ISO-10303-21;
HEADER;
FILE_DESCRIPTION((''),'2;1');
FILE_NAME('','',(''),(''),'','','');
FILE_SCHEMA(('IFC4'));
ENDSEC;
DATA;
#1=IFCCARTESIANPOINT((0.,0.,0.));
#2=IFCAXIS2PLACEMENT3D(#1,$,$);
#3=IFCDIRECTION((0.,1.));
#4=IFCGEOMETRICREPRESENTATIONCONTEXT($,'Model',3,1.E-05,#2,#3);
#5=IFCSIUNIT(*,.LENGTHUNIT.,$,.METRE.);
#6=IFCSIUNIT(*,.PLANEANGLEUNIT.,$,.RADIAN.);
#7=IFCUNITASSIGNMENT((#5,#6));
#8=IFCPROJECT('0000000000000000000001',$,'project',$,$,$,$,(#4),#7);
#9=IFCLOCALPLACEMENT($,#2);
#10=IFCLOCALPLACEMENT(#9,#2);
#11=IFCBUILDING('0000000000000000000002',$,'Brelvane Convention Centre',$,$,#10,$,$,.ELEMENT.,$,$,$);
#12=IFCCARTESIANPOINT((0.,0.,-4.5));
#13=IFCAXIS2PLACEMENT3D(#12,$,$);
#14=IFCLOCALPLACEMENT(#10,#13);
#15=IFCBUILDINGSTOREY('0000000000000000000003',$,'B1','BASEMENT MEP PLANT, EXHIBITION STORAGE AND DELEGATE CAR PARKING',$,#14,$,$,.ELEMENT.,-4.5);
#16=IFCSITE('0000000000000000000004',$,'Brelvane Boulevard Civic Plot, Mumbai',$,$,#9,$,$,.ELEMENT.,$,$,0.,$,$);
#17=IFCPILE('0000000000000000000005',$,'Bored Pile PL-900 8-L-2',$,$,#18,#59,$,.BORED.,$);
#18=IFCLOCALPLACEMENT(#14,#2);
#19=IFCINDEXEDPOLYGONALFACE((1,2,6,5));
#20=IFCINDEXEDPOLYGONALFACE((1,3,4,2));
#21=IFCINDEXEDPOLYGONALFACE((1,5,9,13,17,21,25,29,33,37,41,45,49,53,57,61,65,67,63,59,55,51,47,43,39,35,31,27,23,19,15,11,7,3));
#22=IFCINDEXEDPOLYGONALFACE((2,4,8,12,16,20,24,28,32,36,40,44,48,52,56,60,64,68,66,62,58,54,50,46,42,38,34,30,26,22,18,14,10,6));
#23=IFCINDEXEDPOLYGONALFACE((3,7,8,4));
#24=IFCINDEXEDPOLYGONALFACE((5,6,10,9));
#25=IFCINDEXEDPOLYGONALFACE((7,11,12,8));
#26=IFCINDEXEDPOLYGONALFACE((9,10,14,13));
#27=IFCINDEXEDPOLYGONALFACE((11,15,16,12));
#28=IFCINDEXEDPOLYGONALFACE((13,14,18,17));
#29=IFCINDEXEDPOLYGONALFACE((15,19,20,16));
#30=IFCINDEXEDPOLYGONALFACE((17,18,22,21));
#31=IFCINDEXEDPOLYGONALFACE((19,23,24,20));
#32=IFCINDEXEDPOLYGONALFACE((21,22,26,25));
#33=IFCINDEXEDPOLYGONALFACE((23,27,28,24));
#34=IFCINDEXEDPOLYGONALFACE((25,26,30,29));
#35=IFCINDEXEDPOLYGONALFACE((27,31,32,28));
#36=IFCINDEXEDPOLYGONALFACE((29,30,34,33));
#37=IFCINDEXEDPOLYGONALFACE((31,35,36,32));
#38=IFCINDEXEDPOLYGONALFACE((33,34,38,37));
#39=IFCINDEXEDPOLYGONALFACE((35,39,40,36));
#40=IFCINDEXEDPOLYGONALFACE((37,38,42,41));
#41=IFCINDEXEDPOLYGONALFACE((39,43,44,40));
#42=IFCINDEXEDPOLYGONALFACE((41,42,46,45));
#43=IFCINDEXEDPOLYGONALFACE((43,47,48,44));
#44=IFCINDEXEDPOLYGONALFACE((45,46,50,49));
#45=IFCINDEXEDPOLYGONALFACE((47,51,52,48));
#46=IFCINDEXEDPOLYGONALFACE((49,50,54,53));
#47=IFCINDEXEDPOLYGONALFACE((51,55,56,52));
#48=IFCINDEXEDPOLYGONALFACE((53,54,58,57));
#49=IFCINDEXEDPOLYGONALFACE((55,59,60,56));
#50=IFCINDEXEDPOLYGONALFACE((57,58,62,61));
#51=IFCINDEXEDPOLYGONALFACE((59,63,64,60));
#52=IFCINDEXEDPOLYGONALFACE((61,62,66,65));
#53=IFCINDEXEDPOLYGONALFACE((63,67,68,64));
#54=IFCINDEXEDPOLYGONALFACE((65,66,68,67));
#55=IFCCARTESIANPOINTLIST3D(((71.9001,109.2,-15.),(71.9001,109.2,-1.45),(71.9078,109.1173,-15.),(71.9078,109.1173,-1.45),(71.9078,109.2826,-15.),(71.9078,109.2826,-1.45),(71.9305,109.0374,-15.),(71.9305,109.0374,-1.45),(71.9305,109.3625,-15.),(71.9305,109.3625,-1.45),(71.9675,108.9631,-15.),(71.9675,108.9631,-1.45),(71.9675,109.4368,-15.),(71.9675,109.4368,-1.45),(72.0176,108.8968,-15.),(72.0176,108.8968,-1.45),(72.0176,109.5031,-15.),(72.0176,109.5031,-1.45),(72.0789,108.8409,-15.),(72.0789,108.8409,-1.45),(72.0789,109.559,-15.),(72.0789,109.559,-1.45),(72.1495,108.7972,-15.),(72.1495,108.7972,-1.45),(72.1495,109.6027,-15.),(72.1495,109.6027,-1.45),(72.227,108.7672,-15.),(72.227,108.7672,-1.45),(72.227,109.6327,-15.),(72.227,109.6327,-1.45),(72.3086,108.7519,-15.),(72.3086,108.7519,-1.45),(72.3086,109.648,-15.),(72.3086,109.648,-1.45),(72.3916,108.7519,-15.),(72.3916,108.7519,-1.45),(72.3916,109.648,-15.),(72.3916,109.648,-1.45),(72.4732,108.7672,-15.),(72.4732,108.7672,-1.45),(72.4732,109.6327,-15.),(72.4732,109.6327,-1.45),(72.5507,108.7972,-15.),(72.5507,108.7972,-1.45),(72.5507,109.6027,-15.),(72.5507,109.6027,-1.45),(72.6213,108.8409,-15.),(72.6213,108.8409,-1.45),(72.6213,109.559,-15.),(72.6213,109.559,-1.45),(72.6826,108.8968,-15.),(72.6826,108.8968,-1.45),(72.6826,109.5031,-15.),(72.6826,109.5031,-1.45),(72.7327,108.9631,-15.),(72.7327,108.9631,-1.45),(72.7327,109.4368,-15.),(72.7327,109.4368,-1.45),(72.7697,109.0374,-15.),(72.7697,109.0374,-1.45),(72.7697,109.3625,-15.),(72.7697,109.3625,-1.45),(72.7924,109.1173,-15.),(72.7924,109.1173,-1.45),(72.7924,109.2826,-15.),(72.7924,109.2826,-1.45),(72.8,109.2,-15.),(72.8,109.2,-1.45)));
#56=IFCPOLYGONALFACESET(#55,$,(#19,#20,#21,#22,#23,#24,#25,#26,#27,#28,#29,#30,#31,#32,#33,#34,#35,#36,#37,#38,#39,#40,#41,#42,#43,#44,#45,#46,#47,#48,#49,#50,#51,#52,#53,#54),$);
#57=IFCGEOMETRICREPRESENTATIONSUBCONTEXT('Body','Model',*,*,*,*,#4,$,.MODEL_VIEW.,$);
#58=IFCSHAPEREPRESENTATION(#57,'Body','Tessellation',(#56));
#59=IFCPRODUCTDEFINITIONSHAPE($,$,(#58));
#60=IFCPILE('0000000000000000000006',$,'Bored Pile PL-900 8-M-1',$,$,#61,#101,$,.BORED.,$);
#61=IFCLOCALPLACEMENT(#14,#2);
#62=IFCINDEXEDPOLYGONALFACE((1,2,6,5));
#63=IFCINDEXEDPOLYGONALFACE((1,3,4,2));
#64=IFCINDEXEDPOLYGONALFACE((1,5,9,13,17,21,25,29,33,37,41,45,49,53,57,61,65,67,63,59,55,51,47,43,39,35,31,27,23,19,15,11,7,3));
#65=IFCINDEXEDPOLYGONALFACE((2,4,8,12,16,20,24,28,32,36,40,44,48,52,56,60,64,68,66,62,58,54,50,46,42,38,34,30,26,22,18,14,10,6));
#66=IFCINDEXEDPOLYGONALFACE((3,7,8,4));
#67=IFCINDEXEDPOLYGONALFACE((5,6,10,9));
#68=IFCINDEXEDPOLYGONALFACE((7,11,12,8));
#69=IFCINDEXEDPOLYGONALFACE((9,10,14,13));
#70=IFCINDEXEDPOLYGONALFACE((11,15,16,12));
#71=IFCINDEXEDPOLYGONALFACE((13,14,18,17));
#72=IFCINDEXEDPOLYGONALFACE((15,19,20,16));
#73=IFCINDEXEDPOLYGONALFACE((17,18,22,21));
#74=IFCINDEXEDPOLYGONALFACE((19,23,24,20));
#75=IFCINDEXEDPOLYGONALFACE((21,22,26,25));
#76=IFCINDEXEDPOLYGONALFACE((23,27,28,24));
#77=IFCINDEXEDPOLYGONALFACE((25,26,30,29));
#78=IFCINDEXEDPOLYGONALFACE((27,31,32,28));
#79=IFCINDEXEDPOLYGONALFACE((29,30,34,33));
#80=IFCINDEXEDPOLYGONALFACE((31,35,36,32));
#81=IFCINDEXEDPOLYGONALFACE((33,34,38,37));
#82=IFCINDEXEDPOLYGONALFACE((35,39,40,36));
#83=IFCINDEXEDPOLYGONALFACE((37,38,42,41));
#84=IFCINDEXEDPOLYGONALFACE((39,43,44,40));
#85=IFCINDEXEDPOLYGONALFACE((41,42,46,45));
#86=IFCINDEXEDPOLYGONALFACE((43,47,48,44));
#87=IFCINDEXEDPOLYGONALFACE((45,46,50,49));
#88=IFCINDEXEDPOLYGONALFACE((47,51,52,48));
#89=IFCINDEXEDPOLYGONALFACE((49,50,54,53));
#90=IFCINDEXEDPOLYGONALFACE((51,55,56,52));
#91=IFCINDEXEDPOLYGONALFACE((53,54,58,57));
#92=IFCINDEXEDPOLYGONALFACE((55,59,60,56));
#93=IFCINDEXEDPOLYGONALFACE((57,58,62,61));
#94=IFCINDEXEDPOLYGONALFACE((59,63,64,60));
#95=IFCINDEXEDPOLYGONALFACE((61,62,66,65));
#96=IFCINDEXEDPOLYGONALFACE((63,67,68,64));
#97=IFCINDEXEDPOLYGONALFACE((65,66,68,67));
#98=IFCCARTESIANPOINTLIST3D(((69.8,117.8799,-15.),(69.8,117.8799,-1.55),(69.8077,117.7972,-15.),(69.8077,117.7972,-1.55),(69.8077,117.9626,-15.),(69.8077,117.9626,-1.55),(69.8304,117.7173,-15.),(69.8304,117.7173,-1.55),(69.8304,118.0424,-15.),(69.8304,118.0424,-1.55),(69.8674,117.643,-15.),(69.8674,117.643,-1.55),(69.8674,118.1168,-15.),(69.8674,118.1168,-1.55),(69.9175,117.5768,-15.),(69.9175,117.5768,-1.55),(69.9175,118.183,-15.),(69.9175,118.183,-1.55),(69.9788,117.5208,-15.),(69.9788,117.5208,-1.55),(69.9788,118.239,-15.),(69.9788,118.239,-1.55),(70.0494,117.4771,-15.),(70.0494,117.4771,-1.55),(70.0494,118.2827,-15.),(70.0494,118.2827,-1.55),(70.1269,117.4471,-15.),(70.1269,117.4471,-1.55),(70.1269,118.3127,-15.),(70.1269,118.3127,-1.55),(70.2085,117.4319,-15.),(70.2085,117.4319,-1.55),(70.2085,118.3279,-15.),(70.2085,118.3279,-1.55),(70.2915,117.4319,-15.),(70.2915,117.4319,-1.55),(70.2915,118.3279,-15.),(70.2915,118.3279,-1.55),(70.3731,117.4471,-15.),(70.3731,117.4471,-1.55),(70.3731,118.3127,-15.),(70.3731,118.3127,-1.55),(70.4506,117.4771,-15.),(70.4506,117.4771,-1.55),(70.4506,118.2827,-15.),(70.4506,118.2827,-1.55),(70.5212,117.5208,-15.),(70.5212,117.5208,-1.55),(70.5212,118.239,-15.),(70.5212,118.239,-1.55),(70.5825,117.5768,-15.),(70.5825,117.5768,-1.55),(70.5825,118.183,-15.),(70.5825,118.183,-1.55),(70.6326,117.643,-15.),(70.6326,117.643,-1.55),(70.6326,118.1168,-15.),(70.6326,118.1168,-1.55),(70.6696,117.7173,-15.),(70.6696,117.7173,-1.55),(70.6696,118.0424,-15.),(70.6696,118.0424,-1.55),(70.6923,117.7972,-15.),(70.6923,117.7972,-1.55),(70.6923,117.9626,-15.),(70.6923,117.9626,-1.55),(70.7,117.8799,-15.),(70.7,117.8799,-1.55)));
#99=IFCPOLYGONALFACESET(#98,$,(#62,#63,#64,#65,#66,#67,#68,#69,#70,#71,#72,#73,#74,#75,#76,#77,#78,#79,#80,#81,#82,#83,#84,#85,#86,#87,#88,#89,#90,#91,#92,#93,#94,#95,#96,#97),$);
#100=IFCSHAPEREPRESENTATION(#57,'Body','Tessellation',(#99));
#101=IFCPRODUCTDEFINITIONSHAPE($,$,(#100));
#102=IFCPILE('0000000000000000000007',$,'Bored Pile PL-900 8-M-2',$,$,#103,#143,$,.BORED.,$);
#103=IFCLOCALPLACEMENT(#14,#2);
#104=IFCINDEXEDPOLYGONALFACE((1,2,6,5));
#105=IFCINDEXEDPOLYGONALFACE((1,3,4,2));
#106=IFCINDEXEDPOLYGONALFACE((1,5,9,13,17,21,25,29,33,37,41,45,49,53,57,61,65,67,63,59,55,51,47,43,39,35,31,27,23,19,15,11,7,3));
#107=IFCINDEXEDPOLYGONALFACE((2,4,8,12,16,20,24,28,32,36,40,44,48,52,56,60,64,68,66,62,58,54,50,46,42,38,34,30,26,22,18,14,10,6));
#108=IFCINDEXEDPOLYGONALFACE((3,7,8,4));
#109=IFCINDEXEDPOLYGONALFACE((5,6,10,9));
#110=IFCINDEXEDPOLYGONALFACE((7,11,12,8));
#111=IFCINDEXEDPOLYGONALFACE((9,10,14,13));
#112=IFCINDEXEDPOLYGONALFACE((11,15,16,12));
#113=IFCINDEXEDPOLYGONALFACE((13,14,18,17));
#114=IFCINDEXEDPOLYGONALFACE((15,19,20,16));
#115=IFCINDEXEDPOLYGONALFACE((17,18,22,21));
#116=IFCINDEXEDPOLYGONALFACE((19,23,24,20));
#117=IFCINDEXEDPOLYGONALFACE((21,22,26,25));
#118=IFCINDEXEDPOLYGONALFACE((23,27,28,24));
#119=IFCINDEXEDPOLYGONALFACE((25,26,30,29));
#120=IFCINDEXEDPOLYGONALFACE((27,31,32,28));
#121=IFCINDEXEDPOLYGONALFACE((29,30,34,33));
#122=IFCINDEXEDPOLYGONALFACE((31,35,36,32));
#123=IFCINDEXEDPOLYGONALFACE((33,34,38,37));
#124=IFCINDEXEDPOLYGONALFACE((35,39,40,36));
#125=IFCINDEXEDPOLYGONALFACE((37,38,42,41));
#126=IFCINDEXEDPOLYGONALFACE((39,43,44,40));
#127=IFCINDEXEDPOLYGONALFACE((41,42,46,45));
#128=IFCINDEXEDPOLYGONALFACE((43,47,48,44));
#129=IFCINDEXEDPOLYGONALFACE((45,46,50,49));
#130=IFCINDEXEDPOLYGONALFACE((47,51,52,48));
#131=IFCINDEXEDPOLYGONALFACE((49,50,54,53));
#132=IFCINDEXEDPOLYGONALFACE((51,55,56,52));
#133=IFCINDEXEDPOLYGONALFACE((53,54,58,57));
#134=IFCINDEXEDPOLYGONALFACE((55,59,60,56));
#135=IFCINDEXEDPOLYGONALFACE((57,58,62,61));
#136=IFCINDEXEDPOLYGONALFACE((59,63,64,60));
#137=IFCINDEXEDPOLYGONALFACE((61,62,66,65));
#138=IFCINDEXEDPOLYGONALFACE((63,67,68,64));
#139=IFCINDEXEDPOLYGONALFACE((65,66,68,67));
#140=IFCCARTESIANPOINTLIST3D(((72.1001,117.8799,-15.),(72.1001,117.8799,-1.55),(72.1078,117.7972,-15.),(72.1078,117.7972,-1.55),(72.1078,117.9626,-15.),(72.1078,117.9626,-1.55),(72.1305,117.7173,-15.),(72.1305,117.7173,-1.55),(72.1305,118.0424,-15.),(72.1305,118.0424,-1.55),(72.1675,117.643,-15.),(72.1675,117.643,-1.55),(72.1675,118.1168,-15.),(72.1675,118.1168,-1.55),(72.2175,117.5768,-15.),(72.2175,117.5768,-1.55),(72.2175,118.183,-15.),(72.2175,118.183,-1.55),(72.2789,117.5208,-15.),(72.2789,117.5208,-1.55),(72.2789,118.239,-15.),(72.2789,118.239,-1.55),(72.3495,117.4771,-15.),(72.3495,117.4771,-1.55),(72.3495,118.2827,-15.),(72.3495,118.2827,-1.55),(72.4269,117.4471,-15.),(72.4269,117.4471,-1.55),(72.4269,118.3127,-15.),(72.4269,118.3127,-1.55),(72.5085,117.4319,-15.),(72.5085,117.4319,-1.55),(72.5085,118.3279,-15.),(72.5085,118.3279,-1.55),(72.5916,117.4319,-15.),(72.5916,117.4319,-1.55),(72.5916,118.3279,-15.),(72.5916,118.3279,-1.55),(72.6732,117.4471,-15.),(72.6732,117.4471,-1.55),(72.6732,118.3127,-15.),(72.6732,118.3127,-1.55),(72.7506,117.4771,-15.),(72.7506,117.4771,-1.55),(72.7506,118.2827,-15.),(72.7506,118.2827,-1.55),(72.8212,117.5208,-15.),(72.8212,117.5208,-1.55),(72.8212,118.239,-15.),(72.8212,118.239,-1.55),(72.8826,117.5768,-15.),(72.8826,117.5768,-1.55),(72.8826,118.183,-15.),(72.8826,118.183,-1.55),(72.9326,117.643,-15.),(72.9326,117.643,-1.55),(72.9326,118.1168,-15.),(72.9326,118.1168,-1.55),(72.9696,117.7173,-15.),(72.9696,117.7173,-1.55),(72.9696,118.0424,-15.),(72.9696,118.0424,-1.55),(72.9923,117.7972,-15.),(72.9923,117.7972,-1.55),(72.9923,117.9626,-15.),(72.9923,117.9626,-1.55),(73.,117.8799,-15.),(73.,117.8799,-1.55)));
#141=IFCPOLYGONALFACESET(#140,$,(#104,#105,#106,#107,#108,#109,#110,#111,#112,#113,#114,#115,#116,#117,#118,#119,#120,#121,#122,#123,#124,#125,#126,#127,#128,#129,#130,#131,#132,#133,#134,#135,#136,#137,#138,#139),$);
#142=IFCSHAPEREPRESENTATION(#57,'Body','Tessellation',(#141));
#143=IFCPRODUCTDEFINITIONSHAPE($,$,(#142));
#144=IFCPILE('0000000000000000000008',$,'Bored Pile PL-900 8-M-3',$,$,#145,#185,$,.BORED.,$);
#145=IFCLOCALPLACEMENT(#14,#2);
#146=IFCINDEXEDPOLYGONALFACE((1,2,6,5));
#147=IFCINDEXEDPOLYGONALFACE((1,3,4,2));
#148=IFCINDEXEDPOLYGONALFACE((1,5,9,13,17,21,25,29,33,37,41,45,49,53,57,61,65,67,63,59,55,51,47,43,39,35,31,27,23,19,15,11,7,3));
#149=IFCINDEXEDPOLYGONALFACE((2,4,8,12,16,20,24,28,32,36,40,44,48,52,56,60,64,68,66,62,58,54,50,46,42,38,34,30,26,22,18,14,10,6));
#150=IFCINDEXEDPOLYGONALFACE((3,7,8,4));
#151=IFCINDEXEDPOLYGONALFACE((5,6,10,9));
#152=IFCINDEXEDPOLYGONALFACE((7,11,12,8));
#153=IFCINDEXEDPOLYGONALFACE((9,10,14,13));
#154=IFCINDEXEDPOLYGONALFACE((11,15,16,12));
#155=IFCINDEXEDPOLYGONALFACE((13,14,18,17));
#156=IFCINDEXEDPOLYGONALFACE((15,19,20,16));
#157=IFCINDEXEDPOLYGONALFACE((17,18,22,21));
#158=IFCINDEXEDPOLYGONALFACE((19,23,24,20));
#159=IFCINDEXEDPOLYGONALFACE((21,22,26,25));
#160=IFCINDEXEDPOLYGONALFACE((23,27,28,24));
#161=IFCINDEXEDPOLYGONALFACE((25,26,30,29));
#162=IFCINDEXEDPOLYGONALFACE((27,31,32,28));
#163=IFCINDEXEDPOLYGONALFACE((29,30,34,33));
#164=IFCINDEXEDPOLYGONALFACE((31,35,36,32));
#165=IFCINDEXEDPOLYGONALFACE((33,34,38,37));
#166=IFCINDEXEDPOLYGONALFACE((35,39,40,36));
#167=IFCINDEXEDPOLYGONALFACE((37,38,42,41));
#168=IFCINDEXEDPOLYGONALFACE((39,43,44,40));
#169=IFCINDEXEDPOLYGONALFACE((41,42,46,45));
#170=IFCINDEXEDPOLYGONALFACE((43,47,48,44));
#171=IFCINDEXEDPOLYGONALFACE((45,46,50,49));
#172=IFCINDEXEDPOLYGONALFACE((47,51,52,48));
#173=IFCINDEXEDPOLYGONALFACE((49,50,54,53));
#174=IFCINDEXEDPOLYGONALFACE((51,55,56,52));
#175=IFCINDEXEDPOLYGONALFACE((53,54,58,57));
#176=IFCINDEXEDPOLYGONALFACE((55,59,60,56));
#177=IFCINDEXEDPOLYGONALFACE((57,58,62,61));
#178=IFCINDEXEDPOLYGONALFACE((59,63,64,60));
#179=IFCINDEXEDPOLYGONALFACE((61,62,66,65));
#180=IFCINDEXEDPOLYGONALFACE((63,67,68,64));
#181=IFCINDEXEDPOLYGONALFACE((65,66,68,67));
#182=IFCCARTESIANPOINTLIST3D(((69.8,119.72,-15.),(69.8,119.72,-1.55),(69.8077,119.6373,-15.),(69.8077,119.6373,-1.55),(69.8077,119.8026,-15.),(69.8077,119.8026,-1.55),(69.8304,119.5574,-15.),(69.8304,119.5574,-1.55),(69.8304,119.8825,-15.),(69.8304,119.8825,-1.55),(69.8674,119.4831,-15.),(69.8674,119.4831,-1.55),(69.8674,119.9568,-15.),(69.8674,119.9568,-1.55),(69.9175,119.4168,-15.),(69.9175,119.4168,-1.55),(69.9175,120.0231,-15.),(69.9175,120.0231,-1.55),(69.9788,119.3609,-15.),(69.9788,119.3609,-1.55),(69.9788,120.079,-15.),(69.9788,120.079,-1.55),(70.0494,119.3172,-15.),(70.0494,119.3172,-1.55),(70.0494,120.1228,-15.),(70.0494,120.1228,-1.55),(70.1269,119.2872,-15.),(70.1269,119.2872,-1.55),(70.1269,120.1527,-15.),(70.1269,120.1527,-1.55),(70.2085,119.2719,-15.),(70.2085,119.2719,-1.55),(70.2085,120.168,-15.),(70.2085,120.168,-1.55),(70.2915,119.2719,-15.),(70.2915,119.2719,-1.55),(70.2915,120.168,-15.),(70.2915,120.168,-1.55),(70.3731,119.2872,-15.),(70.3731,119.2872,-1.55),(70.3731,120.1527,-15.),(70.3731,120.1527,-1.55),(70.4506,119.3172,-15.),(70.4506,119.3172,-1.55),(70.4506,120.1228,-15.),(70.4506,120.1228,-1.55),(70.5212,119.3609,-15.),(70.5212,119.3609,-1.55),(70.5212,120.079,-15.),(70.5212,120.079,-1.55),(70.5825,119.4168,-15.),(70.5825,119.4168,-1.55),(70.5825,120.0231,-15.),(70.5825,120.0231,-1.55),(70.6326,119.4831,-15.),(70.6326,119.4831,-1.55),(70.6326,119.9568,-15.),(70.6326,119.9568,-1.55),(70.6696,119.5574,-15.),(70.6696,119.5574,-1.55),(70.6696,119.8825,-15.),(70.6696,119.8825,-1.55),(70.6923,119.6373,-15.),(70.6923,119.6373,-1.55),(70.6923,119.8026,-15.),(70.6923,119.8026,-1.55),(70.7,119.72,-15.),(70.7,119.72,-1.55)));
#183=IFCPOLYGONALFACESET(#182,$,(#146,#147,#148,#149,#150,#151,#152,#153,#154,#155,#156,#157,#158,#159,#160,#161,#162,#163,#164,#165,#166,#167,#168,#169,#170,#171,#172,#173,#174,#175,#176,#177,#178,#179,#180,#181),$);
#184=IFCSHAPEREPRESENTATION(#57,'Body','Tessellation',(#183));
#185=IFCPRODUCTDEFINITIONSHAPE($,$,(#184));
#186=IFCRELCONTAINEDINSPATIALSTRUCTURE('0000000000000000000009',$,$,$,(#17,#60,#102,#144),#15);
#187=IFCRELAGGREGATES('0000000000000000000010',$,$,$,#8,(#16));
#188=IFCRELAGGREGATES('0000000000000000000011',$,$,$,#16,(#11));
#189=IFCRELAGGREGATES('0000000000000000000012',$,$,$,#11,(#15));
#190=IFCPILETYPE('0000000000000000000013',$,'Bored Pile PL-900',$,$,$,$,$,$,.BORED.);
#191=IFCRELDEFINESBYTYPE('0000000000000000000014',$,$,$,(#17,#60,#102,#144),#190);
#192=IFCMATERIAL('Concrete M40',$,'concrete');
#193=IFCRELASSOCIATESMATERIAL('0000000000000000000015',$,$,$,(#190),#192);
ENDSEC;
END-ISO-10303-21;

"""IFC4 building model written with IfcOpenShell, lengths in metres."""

from ifc_helpers import new_model, si_unit, direction, frame, origin, origin_2d, place, context, subcontext, project, spatial, circle, extrude, material, material_profile, profile_set, type_object, element, save


model = new_model("IFC4")

# Units and contexts
model_context = context("Model", 3, precision=1e-05, world=origin(), true_north=direction((0.0, 1.0)))
body_context = subcontext(model_context, "Body", "Model", "MODEL_VIEW")
ifc_project = project(units=[si_unit("LENGTHUNIT", "METRE"), si_unit("PLANEANGLEUNIT", "RADIAN")], contexts=[model_context])

# Site, building, storey
site_placement = place(None, origin())
site = spatial("IfcSite", under=ifc_project, at=site_placement, Name="Brelvane Boulevard Civic Plot, Mumbai", CompositionType="ELEMENT", RefElevation=0.0)
building_placement = place(site_placement, origin())
building = spatial("IfcBuilding", under=site, at=building_placement, Name="Brelvane Convention Centre", CompositionType="ELEMENT")
storey_placement = place(building_placement, frame((0.0, 0.0, -4.5)))
storey = spatial("IfcBuildingStorey", under=building, at=storey_placement, Name="B1", Description="BASEMENT MEP PLANT, EXHIBITION STORAGE AND DELEGATE CAR PARKING", CompositionType="ELEMENT", Elevation=-4.5)

# Piles
ifc_material_1 = material(Name="Concrete M40", Category="concrete")
ifc_material_profile_1 = material_profile(ifc_material_1, circle(Radius=0.45, at=origin_2d()), Name="PILE D900")
ifc_profile_set_1 = profile_set([ifc_material_profile_1], Name="Concrete M40")
pile_type = type_object("IfcPileType", Name="Bored Pile PL-900", PredefinedType="BORED", material=ifc_profile_set_1)
for number, where, z_axis, x_axis, name in (
    (1, (72.3501, 109.2, -1.45), (0.0, 0.0, -1.0), (1.0, 0.0, 0.0), "Bored Pile PL-900 8-L-2"),
):
    element("IfcPile", number, at=place(storey_placement, frame(where, z_axis=z_axis, x_axis=x_axis)), inside=storey, type_object=pile_type, Name=name, PredefinedType="BORED", context=body_context, shape_type="SweptSolid", body=[
        extrude(circle(Radius=0.45, at=origin_2d()), origin(), (0.0, 0.0, 1.0), 13.55),
    ])
for number, where, z_axis, x_axis, name in (
    (2, (70.25, 117.8799, -1.55), (0.0, 0.0, -1.0), (1.0, 0.0, 0.0), "Bored Pile PL-900 8-M-1"),
    (3, (72.55, 117.8799, -1.55), (0.0, 0.0, -1.0), (1.0, 0.0, 0.0), "Bored Pile PL-900 8-M-2"),
    (4, (70.25, 119.72, -1.55), (0.0, 0.0, -1.0), (1.0, 0.0, 0.0), "Bored Pile PL-900 8-M-3"),
):
    element("IfcPile", number, at=place(storey_placement, frame(where, z_axis=z_axis, x_axis=x_axis)), inside=storey, type_object=pile_type, Name=name, PredefinedType="BORED", context=body_context, shape_type="SweptSolid", body=[
        extrude(circle(Radius=0.45, at=origin_2d()), origin(), (0.0, 0.0, 1.0), 13.45),
    ])

save(model, "model.ifc")
